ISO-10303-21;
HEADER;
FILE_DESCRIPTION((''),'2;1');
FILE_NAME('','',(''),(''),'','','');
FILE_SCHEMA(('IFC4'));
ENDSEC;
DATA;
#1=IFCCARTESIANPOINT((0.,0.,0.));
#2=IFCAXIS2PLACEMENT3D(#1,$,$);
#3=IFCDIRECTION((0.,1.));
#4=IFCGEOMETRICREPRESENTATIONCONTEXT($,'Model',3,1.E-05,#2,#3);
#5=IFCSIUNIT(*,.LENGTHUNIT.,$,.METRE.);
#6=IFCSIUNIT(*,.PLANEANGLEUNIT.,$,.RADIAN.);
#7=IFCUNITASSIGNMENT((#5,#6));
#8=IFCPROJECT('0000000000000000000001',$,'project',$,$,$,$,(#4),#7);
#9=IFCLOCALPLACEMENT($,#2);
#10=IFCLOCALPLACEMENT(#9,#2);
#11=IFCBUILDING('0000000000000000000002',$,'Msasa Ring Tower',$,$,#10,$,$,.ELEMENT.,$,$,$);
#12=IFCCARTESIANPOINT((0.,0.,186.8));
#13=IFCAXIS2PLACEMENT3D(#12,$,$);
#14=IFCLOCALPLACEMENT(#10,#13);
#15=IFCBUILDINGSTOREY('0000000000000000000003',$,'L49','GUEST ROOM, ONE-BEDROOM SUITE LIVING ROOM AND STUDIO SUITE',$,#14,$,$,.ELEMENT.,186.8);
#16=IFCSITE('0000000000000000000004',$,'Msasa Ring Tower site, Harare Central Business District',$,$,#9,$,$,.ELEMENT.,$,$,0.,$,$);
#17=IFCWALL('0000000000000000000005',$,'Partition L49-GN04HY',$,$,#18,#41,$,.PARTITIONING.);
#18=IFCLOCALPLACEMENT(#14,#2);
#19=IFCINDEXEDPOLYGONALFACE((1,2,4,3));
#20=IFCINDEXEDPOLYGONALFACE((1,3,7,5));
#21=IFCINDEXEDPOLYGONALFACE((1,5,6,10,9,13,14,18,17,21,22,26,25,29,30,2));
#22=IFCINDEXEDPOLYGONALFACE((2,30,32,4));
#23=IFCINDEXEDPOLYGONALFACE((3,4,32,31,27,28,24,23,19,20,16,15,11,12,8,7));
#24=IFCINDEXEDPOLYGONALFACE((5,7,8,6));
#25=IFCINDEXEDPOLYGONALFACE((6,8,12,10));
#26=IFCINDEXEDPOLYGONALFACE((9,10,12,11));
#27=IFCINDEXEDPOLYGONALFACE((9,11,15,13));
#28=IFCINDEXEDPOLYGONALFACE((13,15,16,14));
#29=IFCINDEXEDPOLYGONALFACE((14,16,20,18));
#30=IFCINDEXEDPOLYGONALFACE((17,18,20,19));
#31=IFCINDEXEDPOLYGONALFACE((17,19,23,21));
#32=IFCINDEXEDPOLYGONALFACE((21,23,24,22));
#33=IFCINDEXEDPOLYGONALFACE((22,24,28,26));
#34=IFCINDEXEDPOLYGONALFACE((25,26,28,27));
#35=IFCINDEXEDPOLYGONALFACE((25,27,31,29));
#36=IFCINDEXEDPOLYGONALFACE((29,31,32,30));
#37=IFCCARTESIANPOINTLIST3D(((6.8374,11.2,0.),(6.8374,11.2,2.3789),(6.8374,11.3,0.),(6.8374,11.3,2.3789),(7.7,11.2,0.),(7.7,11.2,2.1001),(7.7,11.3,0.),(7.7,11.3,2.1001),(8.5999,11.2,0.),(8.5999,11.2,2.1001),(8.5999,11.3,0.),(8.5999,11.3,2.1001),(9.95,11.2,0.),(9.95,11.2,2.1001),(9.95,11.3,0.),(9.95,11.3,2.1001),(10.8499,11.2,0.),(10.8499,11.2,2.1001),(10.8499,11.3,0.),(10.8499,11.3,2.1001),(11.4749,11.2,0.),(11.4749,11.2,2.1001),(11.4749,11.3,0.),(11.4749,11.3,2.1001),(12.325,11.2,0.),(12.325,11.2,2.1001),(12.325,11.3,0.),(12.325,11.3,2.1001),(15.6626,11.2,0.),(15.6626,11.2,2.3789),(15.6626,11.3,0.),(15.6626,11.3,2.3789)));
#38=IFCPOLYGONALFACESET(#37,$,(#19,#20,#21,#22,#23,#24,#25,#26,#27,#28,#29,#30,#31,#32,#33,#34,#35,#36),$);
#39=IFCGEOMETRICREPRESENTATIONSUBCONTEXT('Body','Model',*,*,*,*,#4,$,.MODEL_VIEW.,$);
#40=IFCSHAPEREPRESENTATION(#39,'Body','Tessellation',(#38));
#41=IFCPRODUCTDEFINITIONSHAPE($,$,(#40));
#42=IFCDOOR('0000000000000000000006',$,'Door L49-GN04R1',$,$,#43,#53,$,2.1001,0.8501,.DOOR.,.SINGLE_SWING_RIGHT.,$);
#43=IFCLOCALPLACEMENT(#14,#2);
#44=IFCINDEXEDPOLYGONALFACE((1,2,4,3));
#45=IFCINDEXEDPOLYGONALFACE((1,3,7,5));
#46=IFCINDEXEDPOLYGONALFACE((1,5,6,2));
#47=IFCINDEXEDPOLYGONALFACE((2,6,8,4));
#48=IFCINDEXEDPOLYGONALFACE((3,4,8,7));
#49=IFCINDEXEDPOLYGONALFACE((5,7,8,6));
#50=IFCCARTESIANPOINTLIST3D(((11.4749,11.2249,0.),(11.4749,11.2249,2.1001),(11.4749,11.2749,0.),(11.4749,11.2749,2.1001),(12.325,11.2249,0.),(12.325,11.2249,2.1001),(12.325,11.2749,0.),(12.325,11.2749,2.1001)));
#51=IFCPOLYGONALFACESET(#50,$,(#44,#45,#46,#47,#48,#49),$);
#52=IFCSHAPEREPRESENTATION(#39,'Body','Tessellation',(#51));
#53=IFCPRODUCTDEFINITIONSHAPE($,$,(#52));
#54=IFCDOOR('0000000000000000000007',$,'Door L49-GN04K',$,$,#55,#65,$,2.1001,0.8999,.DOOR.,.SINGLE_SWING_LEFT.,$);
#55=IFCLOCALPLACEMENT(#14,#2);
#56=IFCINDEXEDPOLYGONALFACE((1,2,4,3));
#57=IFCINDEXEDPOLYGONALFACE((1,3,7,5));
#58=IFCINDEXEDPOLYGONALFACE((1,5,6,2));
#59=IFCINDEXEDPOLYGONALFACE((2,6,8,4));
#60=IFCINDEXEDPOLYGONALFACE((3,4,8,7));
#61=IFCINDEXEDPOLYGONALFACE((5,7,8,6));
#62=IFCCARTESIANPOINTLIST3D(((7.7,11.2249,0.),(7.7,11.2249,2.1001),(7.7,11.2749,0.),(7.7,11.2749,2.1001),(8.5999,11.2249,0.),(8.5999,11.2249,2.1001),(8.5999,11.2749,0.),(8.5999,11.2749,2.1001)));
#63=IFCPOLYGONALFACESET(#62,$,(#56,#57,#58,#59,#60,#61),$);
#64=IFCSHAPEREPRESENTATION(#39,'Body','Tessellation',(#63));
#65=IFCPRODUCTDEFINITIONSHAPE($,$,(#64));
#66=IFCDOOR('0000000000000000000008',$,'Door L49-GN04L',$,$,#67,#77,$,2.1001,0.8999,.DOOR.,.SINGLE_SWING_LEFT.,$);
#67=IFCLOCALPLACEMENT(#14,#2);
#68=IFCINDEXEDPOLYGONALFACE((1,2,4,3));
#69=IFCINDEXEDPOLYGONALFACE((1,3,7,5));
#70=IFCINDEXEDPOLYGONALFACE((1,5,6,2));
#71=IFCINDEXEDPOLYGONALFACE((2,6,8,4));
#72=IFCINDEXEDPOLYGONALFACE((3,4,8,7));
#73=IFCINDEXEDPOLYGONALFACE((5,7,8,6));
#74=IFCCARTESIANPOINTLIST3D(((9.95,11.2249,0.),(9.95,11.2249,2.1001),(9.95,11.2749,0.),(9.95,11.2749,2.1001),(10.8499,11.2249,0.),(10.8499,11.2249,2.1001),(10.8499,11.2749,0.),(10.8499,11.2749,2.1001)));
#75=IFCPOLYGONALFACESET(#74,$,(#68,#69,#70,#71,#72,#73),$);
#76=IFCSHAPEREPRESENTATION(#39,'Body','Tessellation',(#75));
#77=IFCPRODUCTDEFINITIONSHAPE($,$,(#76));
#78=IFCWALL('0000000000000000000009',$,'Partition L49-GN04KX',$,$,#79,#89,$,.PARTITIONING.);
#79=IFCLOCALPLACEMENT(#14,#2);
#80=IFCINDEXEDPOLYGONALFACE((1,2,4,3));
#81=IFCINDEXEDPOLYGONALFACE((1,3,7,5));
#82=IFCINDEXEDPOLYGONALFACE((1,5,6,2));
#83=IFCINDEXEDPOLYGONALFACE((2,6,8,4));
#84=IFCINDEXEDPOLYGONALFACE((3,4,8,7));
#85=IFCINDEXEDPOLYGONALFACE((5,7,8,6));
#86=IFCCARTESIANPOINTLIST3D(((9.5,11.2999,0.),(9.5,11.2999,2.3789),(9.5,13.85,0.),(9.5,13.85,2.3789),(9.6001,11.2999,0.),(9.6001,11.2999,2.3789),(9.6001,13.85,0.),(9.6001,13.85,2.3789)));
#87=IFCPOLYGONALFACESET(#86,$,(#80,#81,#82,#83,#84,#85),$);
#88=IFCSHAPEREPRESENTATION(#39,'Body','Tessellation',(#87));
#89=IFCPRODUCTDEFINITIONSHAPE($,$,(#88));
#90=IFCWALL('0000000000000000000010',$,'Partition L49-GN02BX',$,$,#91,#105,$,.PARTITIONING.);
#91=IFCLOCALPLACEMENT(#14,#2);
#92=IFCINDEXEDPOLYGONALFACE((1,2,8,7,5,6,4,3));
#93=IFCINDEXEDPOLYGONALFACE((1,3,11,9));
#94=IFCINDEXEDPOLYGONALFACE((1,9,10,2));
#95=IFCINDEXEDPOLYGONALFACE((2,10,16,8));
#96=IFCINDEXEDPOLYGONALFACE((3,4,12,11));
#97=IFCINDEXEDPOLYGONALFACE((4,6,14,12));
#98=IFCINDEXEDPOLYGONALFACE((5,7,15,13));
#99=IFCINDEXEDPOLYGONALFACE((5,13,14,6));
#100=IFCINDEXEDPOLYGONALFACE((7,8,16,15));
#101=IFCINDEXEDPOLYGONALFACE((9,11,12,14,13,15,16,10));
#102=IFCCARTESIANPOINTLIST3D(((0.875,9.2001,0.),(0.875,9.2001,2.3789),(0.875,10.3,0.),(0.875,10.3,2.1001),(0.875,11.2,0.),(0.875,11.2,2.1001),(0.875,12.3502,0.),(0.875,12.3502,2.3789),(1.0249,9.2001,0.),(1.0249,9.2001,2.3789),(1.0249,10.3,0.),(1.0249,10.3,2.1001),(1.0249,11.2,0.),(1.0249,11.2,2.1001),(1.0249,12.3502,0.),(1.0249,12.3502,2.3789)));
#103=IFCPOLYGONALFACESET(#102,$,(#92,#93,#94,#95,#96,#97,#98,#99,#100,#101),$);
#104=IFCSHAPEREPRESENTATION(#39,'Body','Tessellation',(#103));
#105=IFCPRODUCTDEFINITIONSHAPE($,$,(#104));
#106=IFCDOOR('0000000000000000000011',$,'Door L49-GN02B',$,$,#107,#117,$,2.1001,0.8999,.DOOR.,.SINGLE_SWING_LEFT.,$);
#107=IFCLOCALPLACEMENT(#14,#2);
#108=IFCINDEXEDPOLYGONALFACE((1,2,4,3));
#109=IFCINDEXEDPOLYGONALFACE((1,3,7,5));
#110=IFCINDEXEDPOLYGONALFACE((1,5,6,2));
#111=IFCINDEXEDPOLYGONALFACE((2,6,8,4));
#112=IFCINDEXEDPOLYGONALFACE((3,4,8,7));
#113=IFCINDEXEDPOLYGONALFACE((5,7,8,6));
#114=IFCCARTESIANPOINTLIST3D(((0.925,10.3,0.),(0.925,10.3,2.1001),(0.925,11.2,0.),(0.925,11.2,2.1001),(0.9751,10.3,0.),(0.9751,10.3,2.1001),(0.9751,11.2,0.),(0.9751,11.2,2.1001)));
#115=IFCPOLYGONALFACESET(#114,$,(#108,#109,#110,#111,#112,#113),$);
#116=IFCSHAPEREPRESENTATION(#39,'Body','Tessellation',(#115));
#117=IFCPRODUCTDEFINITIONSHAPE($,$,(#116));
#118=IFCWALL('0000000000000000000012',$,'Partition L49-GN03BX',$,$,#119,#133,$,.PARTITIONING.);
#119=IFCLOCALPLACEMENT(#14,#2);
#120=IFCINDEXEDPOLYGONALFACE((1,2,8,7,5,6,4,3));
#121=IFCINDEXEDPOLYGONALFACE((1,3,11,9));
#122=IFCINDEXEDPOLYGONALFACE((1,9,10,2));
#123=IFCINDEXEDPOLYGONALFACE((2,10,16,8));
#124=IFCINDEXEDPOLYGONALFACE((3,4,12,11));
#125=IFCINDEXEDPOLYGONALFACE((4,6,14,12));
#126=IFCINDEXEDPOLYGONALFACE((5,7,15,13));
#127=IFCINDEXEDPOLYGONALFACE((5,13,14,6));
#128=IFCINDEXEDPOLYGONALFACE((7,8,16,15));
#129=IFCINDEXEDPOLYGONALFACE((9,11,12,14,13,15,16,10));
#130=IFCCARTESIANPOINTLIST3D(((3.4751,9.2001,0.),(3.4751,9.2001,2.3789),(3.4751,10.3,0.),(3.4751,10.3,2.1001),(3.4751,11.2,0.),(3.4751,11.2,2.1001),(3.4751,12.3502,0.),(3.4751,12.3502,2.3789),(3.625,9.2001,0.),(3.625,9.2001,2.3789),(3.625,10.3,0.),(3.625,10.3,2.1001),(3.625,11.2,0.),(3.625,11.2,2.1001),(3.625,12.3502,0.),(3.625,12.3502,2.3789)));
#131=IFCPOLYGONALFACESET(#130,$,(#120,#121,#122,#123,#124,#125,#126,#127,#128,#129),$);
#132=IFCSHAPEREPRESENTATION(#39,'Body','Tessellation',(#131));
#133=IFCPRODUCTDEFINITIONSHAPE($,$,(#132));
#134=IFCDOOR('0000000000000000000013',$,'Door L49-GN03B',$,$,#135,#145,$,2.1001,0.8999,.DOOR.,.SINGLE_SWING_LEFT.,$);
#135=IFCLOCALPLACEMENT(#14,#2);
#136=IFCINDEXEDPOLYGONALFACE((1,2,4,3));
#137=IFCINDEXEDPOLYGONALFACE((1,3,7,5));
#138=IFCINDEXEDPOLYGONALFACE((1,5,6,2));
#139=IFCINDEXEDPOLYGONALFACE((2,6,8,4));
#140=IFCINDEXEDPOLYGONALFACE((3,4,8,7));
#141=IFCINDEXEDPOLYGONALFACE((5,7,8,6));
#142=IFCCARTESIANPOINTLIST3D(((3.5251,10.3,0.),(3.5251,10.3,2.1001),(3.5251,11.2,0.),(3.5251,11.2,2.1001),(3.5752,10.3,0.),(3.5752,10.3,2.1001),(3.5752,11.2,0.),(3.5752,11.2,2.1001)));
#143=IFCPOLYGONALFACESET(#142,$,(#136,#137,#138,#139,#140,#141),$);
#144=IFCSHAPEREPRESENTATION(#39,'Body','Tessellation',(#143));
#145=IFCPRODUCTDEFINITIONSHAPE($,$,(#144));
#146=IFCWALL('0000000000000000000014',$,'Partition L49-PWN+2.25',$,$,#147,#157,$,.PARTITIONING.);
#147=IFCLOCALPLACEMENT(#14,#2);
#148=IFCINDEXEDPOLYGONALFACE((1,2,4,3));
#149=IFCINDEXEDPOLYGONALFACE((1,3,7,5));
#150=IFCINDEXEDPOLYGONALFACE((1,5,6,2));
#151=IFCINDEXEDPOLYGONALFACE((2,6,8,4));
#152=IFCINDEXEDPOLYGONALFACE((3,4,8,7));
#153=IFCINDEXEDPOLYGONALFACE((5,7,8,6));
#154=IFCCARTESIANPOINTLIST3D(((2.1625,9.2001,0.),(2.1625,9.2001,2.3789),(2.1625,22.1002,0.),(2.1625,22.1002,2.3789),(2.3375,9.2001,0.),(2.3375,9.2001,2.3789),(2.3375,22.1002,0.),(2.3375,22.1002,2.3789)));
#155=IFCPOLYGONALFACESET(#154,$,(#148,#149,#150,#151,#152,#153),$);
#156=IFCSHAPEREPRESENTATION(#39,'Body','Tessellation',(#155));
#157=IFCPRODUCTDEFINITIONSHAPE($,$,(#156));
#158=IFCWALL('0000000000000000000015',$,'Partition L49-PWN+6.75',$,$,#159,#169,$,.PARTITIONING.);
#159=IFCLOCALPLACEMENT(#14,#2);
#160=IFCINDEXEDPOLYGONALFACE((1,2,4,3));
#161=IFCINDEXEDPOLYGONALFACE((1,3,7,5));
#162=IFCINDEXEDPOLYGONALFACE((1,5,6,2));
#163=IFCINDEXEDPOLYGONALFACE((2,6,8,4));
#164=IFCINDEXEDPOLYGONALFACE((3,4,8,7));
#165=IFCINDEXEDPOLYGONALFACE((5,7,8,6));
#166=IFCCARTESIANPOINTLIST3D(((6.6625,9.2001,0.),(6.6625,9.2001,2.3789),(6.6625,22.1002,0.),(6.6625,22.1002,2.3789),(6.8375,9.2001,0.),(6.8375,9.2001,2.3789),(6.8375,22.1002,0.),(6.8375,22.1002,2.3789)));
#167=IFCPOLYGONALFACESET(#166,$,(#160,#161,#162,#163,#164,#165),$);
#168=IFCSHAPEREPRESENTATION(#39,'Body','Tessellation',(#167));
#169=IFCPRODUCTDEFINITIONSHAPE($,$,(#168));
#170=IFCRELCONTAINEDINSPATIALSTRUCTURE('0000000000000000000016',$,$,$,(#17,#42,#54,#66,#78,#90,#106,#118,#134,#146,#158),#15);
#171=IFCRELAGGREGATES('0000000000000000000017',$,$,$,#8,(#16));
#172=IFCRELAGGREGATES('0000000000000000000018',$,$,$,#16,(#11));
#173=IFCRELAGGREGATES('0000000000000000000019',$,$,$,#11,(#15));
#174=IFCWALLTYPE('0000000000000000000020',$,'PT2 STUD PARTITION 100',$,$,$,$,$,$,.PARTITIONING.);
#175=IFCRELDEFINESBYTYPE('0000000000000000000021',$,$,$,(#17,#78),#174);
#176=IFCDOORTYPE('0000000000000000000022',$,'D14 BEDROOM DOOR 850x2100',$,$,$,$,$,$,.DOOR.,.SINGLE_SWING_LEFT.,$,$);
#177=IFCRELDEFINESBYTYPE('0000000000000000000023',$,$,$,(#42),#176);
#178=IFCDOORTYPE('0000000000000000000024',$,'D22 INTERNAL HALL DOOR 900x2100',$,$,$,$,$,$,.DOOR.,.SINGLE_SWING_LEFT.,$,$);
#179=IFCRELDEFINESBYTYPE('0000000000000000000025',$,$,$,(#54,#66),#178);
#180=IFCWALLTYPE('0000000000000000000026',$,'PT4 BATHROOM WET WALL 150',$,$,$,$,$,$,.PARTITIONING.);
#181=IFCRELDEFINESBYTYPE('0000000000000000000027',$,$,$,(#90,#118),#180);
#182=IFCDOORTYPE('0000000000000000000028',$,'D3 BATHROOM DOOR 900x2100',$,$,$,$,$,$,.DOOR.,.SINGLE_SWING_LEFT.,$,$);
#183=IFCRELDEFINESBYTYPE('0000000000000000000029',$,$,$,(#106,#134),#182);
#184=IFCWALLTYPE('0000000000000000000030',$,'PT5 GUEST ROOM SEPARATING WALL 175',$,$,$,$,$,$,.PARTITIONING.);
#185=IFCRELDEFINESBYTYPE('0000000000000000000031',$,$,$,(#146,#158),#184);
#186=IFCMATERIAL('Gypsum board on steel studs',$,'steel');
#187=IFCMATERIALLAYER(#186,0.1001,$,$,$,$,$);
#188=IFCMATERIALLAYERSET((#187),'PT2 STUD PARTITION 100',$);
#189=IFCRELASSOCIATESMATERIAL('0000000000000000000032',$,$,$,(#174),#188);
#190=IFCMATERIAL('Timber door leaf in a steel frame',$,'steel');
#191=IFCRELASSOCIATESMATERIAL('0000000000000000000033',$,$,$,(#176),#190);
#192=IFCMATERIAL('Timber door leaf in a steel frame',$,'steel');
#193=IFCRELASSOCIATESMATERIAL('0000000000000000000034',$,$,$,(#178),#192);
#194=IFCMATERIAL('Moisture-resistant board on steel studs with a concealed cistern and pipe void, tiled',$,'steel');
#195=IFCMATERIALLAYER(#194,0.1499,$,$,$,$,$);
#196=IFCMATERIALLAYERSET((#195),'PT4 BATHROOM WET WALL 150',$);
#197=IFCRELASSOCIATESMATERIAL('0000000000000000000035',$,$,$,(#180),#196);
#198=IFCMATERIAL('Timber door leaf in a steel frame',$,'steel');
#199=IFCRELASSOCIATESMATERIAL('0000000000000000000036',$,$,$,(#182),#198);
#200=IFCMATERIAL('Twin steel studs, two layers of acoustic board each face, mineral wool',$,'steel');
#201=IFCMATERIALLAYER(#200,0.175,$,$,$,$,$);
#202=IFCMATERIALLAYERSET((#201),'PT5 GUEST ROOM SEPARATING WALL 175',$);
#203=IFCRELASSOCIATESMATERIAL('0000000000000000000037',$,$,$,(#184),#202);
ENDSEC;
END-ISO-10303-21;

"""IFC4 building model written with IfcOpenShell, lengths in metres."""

from ifc_helpers import new_model, si_unit, direction, frame, frame_2d, origin, place, context, subcontext, project, spatial, rectangle, extrude, material, layer, layer_set, type_object, element, fill, save


model = new_model("IFC4")

# Units and contexts
model_context = context("Model", 3, precision=1e-05, world=origin(), true_north=direction((0.0, 1.0)))
body_context = subcontext(model_context, "Body", "Model", "MODEL_VIEW")
ifc_project = project(units=[si_unit("LENGTHUNIT", "METRE"), si_unit("PLANEANGLEUNIT", "RADIAN")], contexts=[model_context])

# Site, building, storey
site_placement = place(None, origin())
site = spatial("IfcSite", under=ifc_project, at=site_placement, Name="Msasa Ring Tower site, Harare Central Business District", CompositionType="ELEMENT", RefElevation=0.0)
building_placement = place(site_placement, origin())
building = spatial("IfcBuilding", under=site, at=building_placement, Name="Msasa Ring Tower", CompositionType="ELEMENT")
storey_placement = place(building_placement, frame((0.0, 0.0, 186.8)))
storey = spatial("IfcBuildingStorey", under=building, at=storey_placement, Name="L49", Description="GUEST ROOM, ONE-BEDROOM SUITE LIVING ROOM AND STUDIO SUITE", CompositionType="ELEMENT", Elevation=186.8)

# Wall, openings, doors
ifc_material_1 = material(Name="Gypsum board on steel studs", Category="steel")
ifc_layer_1 = layer(ifc_material_1, 0.1001)
ifc_layer_set_1 = layer_set([ifc_layer_1], Name="PT2 STUD PARTITION 100")
wall_type_1 = type_object("IfcWallType", Name="PT2 STUD PARTITION 100", PredefinedType="PARTITIONING", material=ifc_layer_set_1)
wall_1_placement = place(storey_placement, frame((6.8374, 11.25, 0.0), z_axis=(0.0, 0.0, 1.0), x_axis=(1.0, 0.0, 0.0)))
wall_1 = element("IfcWall", 1, at=wall_1_placement, inside=storey, type_object=wall_type_1, Name="Partition L49-GN04HY", PredefinedType="PARTITIONING", context=body_context, shape_type="SweptSolid", body=[
    extrude(rectangle(XDim=8.8252, YDim=0.1001, at=frame_2d((4.4126, 0.0))), origin(), (0.0, 0.0, 1.0), 2.3789),
])
opening_1_placement = place(wall_1_placement, frame((0.8625, 0.0, 0.0)))
opening_1 = element("IfcOpeningElement", 2, at=opening_1_placement, cuts=wall_1, PredefinedType="OPENING", context=body_context, shape_type="SweptSolid", body=[
    extrude(rectangle(XDim=0.8999, YDim=2.1001, at=frame_2d((0.45, 1.05))), frame((0.0, 0.0601, 0.0), z_axis=(0.0, -1.0, 0.0), x_axis=(1.0, 0.0, 0.0)), (0.0, 0.0, 1.0), 0.1201),
])
opening_2_placement = place(wall_1_placement, frame((3.1125, 0.0, 0.0)))
opening_2 = element("IfcOpeningElement", 3, at=opening_2_placement, cuts=wall_1, PredefinedType="OPENING", context=body_context, shape_type="SweptSolid", body=[
    extrude(rectangle(XDim=0.8999, YDim=2.1001, at=frame_2d((0.45, 1.05))), frame((0.0, 0.0601, 0.0), z_axis=(0.0, -1.0, 0.0), x_axis=(1.0, 0.0, 0.0)), (0.0, 0.0, 1.0), 0.1201),
])
opening_3_placement = place(wall_1_placement, frame((4.6375, 0.0, 0.0)))
opening_3 = element("IfcOpeningElement", 4, at=opening_3_placement, cuts=wall_1, PredefinedType="OPENING", context=body_context, shape_type="SweptSolid", body=[
    extrude(rectangle(XDim=0.8501, YDim=2.1001, at=frame_2d((0.425, 1.05))), frame((0.0, 0.0601, 0.0), z_axis=(0.0, -1.0, 0.0), x_axis=(1.0, 0.0, 0.0)), (0.0, 0.0, 1.0), 0.1201),
])
ifc_material_2 = material(Name="Timber door leaf in a steel frame", Category="steel")
door_type_1 = type_object("IfcDoorType", Name="D14 BEDROOM DOOR 850x2100", OperationType="SINGLE_SWING_LEFT", PredefinedType="DOOR", material=ifc_material_2)
door_1_placement = place(opening_3_placement, origin())
door_1 = element("IfcDoor", 5, at=door_1_placement, inside=storey, type_object=door_type_1, Name="Door L49-GN04R1", OperationType="SINGLE_SWING_RIGHT", OverallHeight=2.1001, OverallWidth=0.8501, PredefinedType="DOOR", context=body_context, shape_type="SweptSolid", body=[
    extrude(rectangle(XDim=0.8501, YDim=2.1001, at=frame_2d((0.425, 1.05))), frame((0.0, 0.0249, 0.0), z_axis=(0.0, -1.0, 0.0), x_axis=(1.0, 0.0, 0.0)), (0.0, 0.0, 1.0), 0.05),
])
fill(opening_3, door_1)
ifc_material_3 = material(Name="Timber door leaf in a steel frame", Category="steel")
door_type_2 = type_object("IfcDoorType", Name="D22 INTERNAL HALL DOOR 900x2100", OperationType="SINGLE_SWING_LEFT", PredefinedType="DOOR", material=ifc_material_3)
door_2_placement = place(opening_1_placement, origin())
door_2 = element("IfcDoor", 6, at=door_2_placement, inside=storey, type_object=door_type_2, Name="Door L49-GN04K", OperationType="SINGLE_SWING_LEFT", OverallHeight=2.1001, OverallWidth=0.8999, PredefinedType="DOOR", context=body_context, shape_type="SweptSolid", body=[
    extrude(rectangle(XDim=0.8999, YDim=2.1001, at=frame_2d((0.45, 1.05))), frame((0.0, 0.0249, 0.0), z_axis=(0.0, -1.0, 0.0), x_axis=(1.0, 0.0, 0.0)), (0.0, 0.0, 1.0), 0.05),
])
fill(opening_1, door_2)
door_3_placement = place(opening_2_placement, origin())
door_3 = element("IfcDoor", 7, at=door_3_placement, inside=storey, type_object=door_type_2, Name="Door L49-GN04L", OperationType="SINGLE_SWING_LEFT", OverallHeight=2.1001, OverallWidth=0.8999, PredefinedType="DOOR", context=body_context, shape_type="SweptSolid", body=[
    extrude(rectangle(XDim=0.8999, YDim=2.1001, at=frame_2d((0.45, 1.05))), frame((0.0, 0.0249, 0.0), z_axis=(0.0, -1.0, 0.0), x_axis=(1.0, 0.0, 0.0)), (0.0, 0.0, 1.0), 0.05),
])
fill(opening_2, door_3)

# Wall
wall_2_placement = place(storey_placement, frame((9.55, 11.3, 0.0), z_axis=(0.0, 0.0, 1.0), x_axis=(0.0, 1.0, 0.0)))
element("IfcWall", 8, at=wall_2_placement, inside=storey, type_object=wall_type_1, Name="Partition L49-GN04KX", PredefinedType="PARTITIONING", context=body_context, shape_type="SweptSolid", body=[
    extrude(rectangle(XDim=2.55, YDim=0.1001, at=frame_2d((1.2749, 0.0))), origin(), (0.0, 0.0, 1.0), 2.3789),
])

# Walls, openings, doors
ifc_material_4 = material(Name="Moisture-resistant board on steel studs with a concealed cistern and pipe void, tiled", Category="steel")
ifc_layer_2 = layer(ifc_material_4, 0.1499)
ifc_layer_set_2 = layer_set([ifc_layer_2], Name="PT4 BATHROOM WET WALL 150")
wall_type_2 = type_object("IfcWallType", Name="PT4 BATHROOM WET WALL 150", PredefinedType="PARTITIONING", material=ifc_layer_set_2)
wall_3_placement = place(storey_placement, frame((0.95, 9.2, 0.0), z_axis=(0.0, 0.0, 1.0), x_axis=(0.0, 1.0, 0.0)))
wall_3 = element("IfcWall", 9, at=wall_3_placement, inside=storey, type_object=wall_type_2, Name="Partition L49-GN02BX", PredefinedType="PARTITIONING", context=body_context, shape_type="SweptSolid", body=[
    extrude(rectangle(XDim=3.1501, YDim=0.1499, at=frame_2d((1.5752, 0.0))), origin(), (0.0, 0.0, 1.0), 2.3789),
])
opening_4_placement = place(wall_3_placement, frame((1.1001, 0.0, 0.0)))
opening_4 = element("IfcOpeningElement", 10, at=opening_4_placement, cuts=wall_3, PredefinedType="OPENING", context=body_context, shape_type="SweptSolid", body=[
    extrude(rectangle(XDim=0.8999, YDim=2.1001, at=frame_2d((0.45, 1.05))), frame((0.0, 0.085, 0.0), z_axis=(0.0, -1.0, 0.0), x_axis=(1.0, 0.0, 0.0)), (0.0, 0.0, 1.0), 0.1699),
])
ifc_material_5 = material(Name="Timber door leaf in a steel frame", Category="steel")
door_type_3 = type_object("IfcDoorType", Name="D3 BATHROOM DOOR 900x2100", OperationType="SINGLE_SWING_LEFT", PredefinedType="DOOR", material=ifc_material_5)
door_4_placement = place(opening_4_placement, origin())
door_4 = element("IfcDoor", 11, at=door_4_placement, inside=storey, type_object=door_type_3, Name="Door L49-GN02B", OperationType="SINGLE_SWING_LEFT", OverallHeight=2.1001, OverallWidth=0.8999, PredefinedType="DOOR", context=body_context, shape_type="SweptSolid", body=[
    extrude(rectangle(XDim=0.8999, YDim=2.1001, at=frame_2d((0.45, 1.05))), frame((0.0, 0.0249, 0.0), z_axis=(0.0, -1.0, 0.0), x_axis=(1.0, 0.0, 0.0)), (0.0, 0.0, 1.0), 0.05),
])
fill(opening_4, door_4)
wall_4_placement = place(storey_placement, frame((3.55, 9.2, 0.0), z_axis=(0.0, 0.0, 1.0), x_axis=(0.0, 1.0, 0.0)))
wall_4 = element("IfcWall", 12, at=wall_4_placement, inside=storey, type_object=wall_type_2, Name="Partition L49-GN03BX", PredefinedType="PARTITIONING", context=body_context, shape_type="SweptSolid", body=[
    extrude(rectangle(XDim=3.1501, YDim=0.1499, at=frame_2d((1.5752, 0.0))), origin(), (0.0, 0.0, 1.0), 2.3789),
])
opening_5_placement = place(wall_4_placement, frame((1.1001, 0.0, 0.0)))
opening_5 = element("IfcOpeningElement", 13, at=opening_5_placement, cuts=wall_4, PredefinedType="OPENING", context=body_context, shape_type="SweptSolid", body=[
    extrude(rectangle(XDim=0.8999, YDim=2.1001, at=frame_2d((0.45, 1.05))), frame((0.0, 0.085, 0.0), z_axis=(0.0, -1.0, 0.0), x_axis=(1.0, 0.0, 0.0)), (0.0, 0.0, 1.0), 0.1699),
])
door_5_placement = place(opening_5_placement, origin())
door_5 = element("IfcDoor", 14, at=door_5_placement, inside=storey, type_object=door_type_3, Name="Door L49-GN03B", OperationType="SINGLE_SWING_LEFT", OverallHeight=2.1001, OverallWidth=0.8999, PredefinedType="DOOR", context=body_context, shape_type="SweptSolid", body=[
    extrude(rectangle(XDim=0.8999, YDim=2.1001, at=frame_2d((0.45, 1.05))), frame((0.0, 0.0249, 0.0), z_axis=(0.0, -1.0, 0.0), x_axis=(1.0, 0.0, 0.0)), (0.0, 0.0, 1.0), 0.05),
])
fill(opening_5, door_5)

# Walls
ifc_material_6 = material(Name="Twin steel studs, two layers of acoustic board each face, mineral wool", Category="steel")
ifc_layer_3 = layer(ifc_material_6, 0.175)
ifc_layer_set_3 = layer_set([ifc_layer_3], Name="PT5 GUEST ROOM SEPARATING WALL 175")
wall_type_3 = type_object("IfcWallType", Name="PT5 GUEST ROOM SEPARATING WALL 175", PredefinedType="PARTITIONING", material=ifc_layer_set_3)
for number, where, z_axis, x_axis, name in (
    (15, (2.25, 9.2, 0.0), (0.0, 0.0, 1.0), (0.0, 1.0, 0.0), "Partition L49-PWN+2.25"),
    (16, (6.75, 9.2, 0.0), (0.0, 0.0, 1.0), (0.0, 1.0, 0.0), "Partition L49-PWN+6.75"),
):
    element("IfcWall", number, at=place(storey_placement, frame(where, z_axis=z_axis, x_axis=x_axis)), inside=storey, type_object=wall_type_3, Name=name, PredefinedType="PARTITIONING", context=body_context, shape_type="SweptSolid", body=[
        extrude(rectangle(XDim=12.9001, YDim=0.175, at=frame_2d((6.4502, 0.0))), origin(), (0.0, 0.0, 1.0), 2.3789),
    ])

save(model, "model.ifc")
